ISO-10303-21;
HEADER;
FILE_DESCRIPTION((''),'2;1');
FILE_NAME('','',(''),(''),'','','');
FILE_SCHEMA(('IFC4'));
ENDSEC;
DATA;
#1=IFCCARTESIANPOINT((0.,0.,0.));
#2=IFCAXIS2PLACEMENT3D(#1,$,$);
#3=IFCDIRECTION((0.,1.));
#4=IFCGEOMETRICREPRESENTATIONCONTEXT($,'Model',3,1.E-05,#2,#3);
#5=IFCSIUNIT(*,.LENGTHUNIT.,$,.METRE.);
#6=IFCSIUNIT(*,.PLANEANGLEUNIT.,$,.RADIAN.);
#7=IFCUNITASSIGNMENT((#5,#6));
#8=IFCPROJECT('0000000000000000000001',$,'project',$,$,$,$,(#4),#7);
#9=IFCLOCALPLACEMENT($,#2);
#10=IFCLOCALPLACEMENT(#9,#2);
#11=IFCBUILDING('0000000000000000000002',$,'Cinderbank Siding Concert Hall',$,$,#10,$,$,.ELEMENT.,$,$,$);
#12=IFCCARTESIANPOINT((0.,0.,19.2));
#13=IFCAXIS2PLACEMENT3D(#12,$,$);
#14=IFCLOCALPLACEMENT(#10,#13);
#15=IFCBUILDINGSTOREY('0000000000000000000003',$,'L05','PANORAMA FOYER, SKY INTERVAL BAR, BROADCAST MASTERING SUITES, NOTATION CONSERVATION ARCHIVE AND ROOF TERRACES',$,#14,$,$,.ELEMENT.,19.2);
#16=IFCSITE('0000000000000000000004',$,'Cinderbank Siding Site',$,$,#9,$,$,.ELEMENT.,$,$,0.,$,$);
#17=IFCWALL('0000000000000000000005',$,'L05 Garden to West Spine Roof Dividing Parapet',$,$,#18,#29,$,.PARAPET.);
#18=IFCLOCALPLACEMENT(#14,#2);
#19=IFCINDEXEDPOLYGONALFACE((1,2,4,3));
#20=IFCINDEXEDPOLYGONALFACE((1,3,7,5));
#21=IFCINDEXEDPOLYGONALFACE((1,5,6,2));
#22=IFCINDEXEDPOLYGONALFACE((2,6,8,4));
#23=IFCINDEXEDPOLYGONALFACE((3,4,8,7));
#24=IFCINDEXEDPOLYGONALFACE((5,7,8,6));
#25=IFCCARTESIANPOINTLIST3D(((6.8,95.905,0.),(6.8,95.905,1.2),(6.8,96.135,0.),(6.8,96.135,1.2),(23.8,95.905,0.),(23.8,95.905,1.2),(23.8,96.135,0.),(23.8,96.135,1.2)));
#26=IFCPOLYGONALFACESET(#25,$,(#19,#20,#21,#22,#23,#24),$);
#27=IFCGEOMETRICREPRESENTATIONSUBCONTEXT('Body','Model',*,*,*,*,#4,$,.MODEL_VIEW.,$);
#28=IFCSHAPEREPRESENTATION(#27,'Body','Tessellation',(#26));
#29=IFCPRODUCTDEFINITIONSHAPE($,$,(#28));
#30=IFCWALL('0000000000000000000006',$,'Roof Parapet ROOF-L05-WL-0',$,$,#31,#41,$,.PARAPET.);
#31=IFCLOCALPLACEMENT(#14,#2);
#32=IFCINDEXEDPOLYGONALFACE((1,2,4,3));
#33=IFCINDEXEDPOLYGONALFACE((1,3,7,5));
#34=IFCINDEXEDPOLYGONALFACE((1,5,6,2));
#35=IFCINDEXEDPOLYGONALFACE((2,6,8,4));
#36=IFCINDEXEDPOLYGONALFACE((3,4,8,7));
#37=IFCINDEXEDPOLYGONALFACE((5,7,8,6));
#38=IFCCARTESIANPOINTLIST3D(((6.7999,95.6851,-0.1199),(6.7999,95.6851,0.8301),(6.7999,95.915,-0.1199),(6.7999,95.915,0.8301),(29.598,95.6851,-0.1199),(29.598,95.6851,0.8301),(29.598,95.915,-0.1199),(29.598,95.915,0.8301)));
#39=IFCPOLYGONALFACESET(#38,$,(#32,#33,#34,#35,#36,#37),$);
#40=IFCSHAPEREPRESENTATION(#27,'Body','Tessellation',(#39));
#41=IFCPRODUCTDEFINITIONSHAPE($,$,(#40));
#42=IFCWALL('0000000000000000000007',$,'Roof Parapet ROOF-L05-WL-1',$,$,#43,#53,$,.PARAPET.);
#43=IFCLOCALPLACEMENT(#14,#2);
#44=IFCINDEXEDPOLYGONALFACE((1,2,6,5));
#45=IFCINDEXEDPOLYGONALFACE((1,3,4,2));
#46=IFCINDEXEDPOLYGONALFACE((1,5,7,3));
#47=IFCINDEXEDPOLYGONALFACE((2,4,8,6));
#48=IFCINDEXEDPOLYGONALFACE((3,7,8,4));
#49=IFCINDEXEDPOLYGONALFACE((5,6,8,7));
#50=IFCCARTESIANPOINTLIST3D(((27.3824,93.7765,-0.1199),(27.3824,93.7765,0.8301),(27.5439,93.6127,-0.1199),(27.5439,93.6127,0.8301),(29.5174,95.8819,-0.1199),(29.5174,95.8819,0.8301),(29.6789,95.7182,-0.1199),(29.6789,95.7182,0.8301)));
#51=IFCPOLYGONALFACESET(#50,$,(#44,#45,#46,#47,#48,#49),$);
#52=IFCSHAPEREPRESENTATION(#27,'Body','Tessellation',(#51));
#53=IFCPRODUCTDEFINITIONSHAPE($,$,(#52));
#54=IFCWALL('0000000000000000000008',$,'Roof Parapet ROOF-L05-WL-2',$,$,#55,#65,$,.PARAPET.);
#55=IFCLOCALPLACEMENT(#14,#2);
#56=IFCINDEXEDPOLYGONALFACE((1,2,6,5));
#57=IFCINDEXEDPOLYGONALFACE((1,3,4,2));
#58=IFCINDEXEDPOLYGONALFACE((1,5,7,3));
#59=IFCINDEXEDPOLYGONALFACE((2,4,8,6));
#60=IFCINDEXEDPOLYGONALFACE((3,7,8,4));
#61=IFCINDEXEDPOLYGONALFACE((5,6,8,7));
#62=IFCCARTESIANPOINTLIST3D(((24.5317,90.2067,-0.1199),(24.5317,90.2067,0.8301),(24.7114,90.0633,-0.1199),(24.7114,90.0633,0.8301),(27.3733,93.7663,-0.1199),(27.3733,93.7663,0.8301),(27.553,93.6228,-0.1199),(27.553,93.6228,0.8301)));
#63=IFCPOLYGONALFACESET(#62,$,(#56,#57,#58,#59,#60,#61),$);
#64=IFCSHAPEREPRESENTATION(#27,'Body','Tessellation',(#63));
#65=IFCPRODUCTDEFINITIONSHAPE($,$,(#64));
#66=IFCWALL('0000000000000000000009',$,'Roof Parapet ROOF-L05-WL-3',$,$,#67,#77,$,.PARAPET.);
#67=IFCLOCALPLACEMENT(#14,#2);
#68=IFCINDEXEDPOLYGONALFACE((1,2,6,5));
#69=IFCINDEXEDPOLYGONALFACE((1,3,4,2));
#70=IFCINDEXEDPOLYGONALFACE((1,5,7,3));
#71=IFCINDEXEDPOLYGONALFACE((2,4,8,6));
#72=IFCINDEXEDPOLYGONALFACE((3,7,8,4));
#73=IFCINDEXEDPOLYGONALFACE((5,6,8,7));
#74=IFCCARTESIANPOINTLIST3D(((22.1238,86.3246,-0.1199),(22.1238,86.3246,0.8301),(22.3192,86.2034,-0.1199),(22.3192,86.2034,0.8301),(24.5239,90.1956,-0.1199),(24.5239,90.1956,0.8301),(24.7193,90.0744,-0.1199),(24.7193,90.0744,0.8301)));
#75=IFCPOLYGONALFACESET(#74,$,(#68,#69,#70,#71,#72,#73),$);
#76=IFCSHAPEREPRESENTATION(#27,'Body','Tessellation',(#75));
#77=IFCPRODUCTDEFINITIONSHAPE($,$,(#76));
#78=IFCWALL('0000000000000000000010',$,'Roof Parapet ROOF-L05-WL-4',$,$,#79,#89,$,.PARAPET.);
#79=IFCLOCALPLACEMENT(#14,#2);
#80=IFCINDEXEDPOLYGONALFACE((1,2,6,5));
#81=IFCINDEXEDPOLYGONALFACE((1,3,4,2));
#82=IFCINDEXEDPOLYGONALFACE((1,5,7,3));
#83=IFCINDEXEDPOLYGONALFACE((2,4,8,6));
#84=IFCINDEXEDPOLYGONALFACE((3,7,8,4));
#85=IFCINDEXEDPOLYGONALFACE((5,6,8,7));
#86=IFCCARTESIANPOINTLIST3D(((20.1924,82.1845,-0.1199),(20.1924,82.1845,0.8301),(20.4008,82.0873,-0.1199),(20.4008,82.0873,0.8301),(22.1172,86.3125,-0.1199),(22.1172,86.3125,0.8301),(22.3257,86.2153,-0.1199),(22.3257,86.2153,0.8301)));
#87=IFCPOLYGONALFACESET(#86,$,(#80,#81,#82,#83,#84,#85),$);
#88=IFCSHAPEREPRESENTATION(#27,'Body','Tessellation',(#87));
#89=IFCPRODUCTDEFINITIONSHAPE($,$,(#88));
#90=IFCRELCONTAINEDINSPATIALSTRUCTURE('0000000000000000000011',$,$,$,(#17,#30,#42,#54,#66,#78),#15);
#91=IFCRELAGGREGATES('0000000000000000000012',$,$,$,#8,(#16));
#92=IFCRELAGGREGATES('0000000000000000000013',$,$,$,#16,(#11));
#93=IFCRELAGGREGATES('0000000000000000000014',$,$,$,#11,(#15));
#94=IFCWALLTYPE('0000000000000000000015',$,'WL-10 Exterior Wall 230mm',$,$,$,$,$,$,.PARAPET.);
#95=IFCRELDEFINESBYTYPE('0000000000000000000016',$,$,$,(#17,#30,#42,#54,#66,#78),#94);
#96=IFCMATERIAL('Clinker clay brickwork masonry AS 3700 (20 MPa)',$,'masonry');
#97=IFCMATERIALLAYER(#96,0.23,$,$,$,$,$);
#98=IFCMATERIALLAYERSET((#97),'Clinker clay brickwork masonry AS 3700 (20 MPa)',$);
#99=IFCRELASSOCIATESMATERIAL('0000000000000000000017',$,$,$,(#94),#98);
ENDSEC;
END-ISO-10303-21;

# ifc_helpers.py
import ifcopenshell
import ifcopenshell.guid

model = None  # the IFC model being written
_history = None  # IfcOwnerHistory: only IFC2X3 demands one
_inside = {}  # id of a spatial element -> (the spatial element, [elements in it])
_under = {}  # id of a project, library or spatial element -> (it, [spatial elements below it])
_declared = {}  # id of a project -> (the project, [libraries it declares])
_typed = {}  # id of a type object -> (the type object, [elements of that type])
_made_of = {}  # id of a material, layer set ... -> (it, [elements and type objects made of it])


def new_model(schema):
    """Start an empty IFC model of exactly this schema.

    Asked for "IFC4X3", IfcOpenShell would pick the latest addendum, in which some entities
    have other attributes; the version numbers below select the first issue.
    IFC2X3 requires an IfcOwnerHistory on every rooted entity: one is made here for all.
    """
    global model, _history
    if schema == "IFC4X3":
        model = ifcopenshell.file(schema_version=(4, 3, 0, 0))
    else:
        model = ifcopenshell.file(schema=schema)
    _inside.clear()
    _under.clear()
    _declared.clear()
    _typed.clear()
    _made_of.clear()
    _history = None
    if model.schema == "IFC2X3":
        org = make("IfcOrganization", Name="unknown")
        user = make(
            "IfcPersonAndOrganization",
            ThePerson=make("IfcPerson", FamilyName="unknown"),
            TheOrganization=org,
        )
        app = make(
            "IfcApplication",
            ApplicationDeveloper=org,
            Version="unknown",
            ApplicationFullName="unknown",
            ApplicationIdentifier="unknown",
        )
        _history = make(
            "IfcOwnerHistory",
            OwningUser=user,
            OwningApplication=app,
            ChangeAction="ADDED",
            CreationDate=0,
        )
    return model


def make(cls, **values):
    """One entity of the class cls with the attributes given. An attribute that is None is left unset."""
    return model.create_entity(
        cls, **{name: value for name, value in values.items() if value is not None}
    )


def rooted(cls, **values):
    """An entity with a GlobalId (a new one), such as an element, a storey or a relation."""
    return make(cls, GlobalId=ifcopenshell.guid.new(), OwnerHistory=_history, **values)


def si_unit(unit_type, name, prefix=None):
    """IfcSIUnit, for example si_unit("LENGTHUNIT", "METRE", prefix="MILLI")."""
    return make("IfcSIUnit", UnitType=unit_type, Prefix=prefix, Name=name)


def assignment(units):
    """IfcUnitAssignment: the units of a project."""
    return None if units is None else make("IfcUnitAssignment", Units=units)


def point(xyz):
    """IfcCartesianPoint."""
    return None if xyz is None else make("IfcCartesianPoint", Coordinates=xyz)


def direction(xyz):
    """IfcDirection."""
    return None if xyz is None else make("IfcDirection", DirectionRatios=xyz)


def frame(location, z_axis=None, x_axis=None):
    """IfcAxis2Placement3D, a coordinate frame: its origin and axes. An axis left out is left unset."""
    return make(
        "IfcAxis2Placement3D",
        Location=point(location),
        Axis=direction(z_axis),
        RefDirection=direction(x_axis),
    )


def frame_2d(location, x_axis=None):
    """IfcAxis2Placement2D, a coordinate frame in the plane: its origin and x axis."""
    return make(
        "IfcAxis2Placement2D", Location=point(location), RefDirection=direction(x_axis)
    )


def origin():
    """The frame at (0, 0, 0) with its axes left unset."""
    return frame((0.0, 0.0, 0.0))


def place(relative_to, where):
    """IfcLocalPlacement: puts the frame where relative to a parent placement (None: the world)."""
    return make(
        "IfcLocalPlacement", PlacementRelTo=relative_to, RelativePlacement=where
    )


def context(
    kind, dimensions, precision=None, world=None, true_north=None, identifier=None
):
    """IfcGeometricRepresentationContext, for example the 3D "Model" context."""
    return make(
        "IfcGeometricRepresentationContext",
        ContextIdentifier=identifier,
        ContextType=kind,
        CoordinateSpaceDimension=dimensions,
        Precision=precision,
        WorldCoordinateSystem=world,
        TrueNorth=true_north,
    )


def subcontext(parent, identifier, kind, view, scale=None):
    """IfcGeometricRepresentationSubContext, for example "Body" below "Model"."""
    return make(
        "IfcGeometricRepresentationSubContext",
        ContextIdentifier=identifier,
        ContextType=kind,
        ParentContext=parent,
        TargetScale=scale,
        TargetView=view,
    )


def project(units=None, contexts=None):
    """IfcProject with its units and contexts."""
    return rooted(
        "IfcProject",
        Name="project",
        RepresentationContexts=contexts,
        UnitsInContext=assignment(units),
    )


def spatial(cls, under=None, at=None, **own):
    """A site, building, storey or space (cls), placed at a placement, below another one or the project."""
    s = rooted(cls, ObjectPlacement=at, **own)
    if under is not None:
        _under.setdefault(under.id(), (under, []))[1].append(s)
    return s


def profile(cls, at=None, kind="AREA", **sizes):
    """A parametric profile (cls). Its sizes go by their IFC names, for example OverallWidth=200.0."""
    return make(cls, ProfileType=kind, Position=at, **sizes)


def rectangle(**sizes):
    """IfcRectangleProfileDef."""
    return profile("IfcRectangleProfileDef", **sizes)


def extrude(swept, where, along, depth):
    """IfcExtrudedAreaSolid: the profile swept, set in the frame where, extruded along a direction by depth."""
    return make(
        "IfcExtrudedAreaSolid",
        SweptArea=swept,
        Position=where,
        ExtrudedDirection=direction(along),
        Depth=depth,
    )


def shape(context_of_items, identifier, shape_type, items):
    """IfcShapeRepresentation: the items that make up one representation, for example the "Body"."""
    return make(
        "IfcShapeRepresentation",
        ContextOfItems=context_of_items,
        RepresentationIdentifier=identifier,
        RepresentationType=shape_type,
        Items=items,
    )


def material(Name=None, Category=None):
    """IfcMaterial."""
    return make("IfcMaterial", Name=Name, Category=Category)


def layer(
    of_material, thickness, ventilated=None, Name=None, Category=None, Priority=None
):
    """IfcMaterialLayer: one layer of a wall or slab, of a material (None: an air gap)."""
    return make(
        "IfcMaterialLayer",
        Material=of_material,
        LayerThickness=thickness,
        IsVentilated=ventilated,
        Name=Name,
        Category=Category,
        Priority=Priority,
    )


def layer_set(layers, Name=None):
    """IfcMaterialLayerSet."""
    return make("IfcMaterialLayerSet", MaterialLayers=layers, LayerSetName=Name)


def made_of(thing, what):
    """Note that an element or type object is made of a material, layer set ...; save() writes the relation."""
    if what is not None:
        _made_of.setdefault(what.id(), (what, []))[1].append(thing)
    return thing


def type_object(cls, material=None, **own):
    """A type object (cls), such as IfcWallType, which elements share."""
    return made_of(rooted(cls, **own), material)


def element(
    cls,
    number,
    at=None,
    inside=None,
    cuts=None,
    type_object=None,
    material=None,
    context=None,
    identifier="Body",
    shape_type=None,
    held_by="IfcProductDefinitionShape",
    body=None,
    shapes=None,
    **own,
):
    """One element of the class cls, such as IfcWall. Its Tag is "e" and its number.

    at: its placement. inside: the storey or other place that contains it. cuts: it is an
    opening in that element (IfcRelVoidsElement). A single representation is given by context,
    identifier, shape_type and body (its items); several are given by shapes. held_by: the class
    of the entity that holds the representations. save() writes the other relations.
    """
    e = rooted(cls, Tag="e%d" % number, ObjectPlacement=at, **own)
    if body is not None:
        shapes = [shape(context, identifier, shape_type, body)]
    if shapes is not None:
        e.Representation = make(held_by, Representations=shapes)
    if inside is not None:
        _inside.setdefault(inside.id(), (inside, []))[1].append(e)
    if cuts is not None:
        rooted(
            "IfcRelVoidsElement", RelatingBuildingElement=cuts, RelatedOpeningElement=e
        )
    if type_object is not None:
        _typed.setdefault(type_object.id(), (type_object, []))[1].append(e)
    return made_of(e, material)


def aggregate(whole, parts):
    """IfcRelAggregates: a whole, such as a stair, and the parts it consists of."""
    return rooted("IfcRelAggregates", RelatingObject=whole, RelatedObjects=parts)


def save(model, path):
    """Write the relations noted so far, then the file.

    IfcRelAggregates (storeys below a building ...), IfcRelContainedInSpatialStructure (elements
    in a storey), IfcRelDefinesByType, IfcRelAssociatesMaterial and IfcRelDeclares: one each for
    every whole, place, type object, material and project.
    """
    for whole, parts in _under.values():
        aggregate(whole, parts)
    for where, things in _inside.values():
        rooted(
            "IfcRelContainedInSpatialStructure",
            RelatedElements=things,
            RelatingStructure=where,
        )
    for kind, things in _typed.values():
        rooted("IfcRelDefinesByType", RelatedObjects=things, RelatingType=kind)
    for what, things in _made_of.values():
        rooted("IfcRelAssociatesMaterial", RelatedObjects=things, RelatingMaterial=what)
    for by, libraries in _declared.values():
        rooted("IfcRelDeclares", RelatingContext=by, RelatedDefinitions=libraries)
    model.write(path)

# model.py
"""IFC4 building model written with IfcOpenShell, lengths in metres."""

from ifc_helpers import new_model, si_unit, direction, frame, frame_2d, origin, place, context, subcontext, project, spatial, rectangle, extrude, material, layer, layer_set, type_object, element, save


model = new_model("IFC4")

# Units and contexts
model_context = context("Model", 3, precision=1e-05, world=origin(), true_north=direction((0.0, 1.0)))
body_context = subcontext(model_context, "Body", "Model", "MODEL_VIEW")
ifc_project = project(units=[si_unit("LENGTHUNIT", "METRE"), si_unit("PLANEANGLEUNIT", "RADIAN")], contexts=[model_context])

# Site, building, storey
site_placement = place(None, origin())
site = spatial("IfcSite", under=ifc_project, at=site_placement, Name="Cinderbank Siding Site", CompositionType="ELEMENT", RefElevation=0.0)
building_placement = place(site_placement, origin())
building = spatial("IfcBuilding", under=site, at=building_placement, Name="Cinderbank Siding Concert Hall", CompositionType="ELEMENT")
storey_placement = place(building_placement, frame((0.0, 0.0, 19.2)))
storey = spatial("IfcBuildingStorey", under=building, at=storey_placement, Name="L05", Description="PANORAMA FOYER, SKY INTERVAL BAR, BROADCAST MASTERING SUITES, NOTATION CONSERVATION ARCHIVE AND ROOF TERRACES", CompositionType="ELEMENT", Elevation=19.2)

# Shared definitions
ifc_material_1 = material(Name="Clinker clay brickwork masonry AS 3700 (20 MPa)", Category="masonry")

# Walls
ifc_layer_1 = layer(ifc_material_1, 0.23)
ifc_layer_set_1 = layer_set([ifc_layer_1], Name="Clinker clay brickwork masonry AS 3700 (20 MPa)")
wall_type_1 = type_object("IfcWallType", Name="WL-10 Exterior Wall 230mm", PredefinedType="PARAPET", material=ifc_layer_set_1)
wall_1_placement = place(storey_placement, frame((6.8, 96.02, 0.0), z_axis=(0.0, 0.0, 1.0), x_axis=(1.0, 0.0, 0.0)))
element("IfcWall", 1, at=wall_1_placement, inside=storey, type_object=wall_type_1, Name="L05 Garden to West Spine Roof Dividing Parapet", PredefinedType="PARAPET", context=body_context, shape_type="SweptSolid", body=[
    extrude(rectangle(XDim=17.0, YDim=0.23, at=frame_2d((8.5, 0.0))), origin(), (0.0, 0.0, 1.0), 1.2),
])
wall_2_placement = place(storey_placement, frame((6.8, 95.8, -0.1199), z_axis=(0.0, 0.0, 1.0), x_axis=(1.0, 0.0, 0.0)))
element("IfcWall", 2, at=wall_2_placement, inside=storey, type_object=wall_type_1, Name="Roof Parapet ROOF-L05-WL-0", PredefinedType="PARAPET", context=body_context, shape_type="SweptSolid", body=[
    extrude(rectangle(XDim=22.7981, YDim=0.23, at=frame_2d((11.3989, 0.0))), origin(), (0.0, 0.0, 1.0), 0.95),
])
wall_3_placement = place(storey_placement, frame((29.5981, 95.8, -0.1199), z_axis=(0.0, 0.0, 1.0), x_axis=(-0.712016, -0.702164, 0.0)))
element("IfcWall", 3, at=wall_3_placement, inside=storey, type_object=wall_type_1, Name="Roof Parapet ROOF-L05-WL-1", PredefinedType="PARAPET", context=body_context, shape_type="SweptSolid", body=[
    extrude(rectangle(XDim=2.9985, YDim=0.23, at=frame_2d((1.4993, 0.0))), origin(), (0.0, 0.0, 1.0), 0.95),
])
for number, where, z_axis, x_axis, name in (
    (4, (27.4631, 93.6946, -0.1199), (0.0, 0.0, 1.0), (-0.623878, -0.781522, 0.0), "Roof Parapet ROOF-L05-WL-2"),
    (5, (24.6216, 90.135, -0.1199), (0.0, 0.0, 1.0), (-0.526951, -0.849896, 0.0), "Roof Parapet ROOF-L05-WL-3"),
    (6, (22.2214, 86.2639, -0.1199), (0.0, 0.0, 1.0), (-0.422604, -0.906315, 0.0), "Roof Parapet ROOF-L05-WL-4"),
):
    element("IfcWall", number, at=place(storey_placement, frame(where, z_axis=z_axis, x_axis=x_axis)), inside=storey, type_object=wall_type_1, Name=name, PredefinedType="PARAPET", context=body_context, shape_type="SweptSolid", body=[
        extrude(rectangle(XDim=4.5547, YDim=0.23, at=frame_2d((2.2773, 0.0))), origin(), (0.0, 0.0, 1.0), 0.95),
    ])

save(model, "model.ifc")
